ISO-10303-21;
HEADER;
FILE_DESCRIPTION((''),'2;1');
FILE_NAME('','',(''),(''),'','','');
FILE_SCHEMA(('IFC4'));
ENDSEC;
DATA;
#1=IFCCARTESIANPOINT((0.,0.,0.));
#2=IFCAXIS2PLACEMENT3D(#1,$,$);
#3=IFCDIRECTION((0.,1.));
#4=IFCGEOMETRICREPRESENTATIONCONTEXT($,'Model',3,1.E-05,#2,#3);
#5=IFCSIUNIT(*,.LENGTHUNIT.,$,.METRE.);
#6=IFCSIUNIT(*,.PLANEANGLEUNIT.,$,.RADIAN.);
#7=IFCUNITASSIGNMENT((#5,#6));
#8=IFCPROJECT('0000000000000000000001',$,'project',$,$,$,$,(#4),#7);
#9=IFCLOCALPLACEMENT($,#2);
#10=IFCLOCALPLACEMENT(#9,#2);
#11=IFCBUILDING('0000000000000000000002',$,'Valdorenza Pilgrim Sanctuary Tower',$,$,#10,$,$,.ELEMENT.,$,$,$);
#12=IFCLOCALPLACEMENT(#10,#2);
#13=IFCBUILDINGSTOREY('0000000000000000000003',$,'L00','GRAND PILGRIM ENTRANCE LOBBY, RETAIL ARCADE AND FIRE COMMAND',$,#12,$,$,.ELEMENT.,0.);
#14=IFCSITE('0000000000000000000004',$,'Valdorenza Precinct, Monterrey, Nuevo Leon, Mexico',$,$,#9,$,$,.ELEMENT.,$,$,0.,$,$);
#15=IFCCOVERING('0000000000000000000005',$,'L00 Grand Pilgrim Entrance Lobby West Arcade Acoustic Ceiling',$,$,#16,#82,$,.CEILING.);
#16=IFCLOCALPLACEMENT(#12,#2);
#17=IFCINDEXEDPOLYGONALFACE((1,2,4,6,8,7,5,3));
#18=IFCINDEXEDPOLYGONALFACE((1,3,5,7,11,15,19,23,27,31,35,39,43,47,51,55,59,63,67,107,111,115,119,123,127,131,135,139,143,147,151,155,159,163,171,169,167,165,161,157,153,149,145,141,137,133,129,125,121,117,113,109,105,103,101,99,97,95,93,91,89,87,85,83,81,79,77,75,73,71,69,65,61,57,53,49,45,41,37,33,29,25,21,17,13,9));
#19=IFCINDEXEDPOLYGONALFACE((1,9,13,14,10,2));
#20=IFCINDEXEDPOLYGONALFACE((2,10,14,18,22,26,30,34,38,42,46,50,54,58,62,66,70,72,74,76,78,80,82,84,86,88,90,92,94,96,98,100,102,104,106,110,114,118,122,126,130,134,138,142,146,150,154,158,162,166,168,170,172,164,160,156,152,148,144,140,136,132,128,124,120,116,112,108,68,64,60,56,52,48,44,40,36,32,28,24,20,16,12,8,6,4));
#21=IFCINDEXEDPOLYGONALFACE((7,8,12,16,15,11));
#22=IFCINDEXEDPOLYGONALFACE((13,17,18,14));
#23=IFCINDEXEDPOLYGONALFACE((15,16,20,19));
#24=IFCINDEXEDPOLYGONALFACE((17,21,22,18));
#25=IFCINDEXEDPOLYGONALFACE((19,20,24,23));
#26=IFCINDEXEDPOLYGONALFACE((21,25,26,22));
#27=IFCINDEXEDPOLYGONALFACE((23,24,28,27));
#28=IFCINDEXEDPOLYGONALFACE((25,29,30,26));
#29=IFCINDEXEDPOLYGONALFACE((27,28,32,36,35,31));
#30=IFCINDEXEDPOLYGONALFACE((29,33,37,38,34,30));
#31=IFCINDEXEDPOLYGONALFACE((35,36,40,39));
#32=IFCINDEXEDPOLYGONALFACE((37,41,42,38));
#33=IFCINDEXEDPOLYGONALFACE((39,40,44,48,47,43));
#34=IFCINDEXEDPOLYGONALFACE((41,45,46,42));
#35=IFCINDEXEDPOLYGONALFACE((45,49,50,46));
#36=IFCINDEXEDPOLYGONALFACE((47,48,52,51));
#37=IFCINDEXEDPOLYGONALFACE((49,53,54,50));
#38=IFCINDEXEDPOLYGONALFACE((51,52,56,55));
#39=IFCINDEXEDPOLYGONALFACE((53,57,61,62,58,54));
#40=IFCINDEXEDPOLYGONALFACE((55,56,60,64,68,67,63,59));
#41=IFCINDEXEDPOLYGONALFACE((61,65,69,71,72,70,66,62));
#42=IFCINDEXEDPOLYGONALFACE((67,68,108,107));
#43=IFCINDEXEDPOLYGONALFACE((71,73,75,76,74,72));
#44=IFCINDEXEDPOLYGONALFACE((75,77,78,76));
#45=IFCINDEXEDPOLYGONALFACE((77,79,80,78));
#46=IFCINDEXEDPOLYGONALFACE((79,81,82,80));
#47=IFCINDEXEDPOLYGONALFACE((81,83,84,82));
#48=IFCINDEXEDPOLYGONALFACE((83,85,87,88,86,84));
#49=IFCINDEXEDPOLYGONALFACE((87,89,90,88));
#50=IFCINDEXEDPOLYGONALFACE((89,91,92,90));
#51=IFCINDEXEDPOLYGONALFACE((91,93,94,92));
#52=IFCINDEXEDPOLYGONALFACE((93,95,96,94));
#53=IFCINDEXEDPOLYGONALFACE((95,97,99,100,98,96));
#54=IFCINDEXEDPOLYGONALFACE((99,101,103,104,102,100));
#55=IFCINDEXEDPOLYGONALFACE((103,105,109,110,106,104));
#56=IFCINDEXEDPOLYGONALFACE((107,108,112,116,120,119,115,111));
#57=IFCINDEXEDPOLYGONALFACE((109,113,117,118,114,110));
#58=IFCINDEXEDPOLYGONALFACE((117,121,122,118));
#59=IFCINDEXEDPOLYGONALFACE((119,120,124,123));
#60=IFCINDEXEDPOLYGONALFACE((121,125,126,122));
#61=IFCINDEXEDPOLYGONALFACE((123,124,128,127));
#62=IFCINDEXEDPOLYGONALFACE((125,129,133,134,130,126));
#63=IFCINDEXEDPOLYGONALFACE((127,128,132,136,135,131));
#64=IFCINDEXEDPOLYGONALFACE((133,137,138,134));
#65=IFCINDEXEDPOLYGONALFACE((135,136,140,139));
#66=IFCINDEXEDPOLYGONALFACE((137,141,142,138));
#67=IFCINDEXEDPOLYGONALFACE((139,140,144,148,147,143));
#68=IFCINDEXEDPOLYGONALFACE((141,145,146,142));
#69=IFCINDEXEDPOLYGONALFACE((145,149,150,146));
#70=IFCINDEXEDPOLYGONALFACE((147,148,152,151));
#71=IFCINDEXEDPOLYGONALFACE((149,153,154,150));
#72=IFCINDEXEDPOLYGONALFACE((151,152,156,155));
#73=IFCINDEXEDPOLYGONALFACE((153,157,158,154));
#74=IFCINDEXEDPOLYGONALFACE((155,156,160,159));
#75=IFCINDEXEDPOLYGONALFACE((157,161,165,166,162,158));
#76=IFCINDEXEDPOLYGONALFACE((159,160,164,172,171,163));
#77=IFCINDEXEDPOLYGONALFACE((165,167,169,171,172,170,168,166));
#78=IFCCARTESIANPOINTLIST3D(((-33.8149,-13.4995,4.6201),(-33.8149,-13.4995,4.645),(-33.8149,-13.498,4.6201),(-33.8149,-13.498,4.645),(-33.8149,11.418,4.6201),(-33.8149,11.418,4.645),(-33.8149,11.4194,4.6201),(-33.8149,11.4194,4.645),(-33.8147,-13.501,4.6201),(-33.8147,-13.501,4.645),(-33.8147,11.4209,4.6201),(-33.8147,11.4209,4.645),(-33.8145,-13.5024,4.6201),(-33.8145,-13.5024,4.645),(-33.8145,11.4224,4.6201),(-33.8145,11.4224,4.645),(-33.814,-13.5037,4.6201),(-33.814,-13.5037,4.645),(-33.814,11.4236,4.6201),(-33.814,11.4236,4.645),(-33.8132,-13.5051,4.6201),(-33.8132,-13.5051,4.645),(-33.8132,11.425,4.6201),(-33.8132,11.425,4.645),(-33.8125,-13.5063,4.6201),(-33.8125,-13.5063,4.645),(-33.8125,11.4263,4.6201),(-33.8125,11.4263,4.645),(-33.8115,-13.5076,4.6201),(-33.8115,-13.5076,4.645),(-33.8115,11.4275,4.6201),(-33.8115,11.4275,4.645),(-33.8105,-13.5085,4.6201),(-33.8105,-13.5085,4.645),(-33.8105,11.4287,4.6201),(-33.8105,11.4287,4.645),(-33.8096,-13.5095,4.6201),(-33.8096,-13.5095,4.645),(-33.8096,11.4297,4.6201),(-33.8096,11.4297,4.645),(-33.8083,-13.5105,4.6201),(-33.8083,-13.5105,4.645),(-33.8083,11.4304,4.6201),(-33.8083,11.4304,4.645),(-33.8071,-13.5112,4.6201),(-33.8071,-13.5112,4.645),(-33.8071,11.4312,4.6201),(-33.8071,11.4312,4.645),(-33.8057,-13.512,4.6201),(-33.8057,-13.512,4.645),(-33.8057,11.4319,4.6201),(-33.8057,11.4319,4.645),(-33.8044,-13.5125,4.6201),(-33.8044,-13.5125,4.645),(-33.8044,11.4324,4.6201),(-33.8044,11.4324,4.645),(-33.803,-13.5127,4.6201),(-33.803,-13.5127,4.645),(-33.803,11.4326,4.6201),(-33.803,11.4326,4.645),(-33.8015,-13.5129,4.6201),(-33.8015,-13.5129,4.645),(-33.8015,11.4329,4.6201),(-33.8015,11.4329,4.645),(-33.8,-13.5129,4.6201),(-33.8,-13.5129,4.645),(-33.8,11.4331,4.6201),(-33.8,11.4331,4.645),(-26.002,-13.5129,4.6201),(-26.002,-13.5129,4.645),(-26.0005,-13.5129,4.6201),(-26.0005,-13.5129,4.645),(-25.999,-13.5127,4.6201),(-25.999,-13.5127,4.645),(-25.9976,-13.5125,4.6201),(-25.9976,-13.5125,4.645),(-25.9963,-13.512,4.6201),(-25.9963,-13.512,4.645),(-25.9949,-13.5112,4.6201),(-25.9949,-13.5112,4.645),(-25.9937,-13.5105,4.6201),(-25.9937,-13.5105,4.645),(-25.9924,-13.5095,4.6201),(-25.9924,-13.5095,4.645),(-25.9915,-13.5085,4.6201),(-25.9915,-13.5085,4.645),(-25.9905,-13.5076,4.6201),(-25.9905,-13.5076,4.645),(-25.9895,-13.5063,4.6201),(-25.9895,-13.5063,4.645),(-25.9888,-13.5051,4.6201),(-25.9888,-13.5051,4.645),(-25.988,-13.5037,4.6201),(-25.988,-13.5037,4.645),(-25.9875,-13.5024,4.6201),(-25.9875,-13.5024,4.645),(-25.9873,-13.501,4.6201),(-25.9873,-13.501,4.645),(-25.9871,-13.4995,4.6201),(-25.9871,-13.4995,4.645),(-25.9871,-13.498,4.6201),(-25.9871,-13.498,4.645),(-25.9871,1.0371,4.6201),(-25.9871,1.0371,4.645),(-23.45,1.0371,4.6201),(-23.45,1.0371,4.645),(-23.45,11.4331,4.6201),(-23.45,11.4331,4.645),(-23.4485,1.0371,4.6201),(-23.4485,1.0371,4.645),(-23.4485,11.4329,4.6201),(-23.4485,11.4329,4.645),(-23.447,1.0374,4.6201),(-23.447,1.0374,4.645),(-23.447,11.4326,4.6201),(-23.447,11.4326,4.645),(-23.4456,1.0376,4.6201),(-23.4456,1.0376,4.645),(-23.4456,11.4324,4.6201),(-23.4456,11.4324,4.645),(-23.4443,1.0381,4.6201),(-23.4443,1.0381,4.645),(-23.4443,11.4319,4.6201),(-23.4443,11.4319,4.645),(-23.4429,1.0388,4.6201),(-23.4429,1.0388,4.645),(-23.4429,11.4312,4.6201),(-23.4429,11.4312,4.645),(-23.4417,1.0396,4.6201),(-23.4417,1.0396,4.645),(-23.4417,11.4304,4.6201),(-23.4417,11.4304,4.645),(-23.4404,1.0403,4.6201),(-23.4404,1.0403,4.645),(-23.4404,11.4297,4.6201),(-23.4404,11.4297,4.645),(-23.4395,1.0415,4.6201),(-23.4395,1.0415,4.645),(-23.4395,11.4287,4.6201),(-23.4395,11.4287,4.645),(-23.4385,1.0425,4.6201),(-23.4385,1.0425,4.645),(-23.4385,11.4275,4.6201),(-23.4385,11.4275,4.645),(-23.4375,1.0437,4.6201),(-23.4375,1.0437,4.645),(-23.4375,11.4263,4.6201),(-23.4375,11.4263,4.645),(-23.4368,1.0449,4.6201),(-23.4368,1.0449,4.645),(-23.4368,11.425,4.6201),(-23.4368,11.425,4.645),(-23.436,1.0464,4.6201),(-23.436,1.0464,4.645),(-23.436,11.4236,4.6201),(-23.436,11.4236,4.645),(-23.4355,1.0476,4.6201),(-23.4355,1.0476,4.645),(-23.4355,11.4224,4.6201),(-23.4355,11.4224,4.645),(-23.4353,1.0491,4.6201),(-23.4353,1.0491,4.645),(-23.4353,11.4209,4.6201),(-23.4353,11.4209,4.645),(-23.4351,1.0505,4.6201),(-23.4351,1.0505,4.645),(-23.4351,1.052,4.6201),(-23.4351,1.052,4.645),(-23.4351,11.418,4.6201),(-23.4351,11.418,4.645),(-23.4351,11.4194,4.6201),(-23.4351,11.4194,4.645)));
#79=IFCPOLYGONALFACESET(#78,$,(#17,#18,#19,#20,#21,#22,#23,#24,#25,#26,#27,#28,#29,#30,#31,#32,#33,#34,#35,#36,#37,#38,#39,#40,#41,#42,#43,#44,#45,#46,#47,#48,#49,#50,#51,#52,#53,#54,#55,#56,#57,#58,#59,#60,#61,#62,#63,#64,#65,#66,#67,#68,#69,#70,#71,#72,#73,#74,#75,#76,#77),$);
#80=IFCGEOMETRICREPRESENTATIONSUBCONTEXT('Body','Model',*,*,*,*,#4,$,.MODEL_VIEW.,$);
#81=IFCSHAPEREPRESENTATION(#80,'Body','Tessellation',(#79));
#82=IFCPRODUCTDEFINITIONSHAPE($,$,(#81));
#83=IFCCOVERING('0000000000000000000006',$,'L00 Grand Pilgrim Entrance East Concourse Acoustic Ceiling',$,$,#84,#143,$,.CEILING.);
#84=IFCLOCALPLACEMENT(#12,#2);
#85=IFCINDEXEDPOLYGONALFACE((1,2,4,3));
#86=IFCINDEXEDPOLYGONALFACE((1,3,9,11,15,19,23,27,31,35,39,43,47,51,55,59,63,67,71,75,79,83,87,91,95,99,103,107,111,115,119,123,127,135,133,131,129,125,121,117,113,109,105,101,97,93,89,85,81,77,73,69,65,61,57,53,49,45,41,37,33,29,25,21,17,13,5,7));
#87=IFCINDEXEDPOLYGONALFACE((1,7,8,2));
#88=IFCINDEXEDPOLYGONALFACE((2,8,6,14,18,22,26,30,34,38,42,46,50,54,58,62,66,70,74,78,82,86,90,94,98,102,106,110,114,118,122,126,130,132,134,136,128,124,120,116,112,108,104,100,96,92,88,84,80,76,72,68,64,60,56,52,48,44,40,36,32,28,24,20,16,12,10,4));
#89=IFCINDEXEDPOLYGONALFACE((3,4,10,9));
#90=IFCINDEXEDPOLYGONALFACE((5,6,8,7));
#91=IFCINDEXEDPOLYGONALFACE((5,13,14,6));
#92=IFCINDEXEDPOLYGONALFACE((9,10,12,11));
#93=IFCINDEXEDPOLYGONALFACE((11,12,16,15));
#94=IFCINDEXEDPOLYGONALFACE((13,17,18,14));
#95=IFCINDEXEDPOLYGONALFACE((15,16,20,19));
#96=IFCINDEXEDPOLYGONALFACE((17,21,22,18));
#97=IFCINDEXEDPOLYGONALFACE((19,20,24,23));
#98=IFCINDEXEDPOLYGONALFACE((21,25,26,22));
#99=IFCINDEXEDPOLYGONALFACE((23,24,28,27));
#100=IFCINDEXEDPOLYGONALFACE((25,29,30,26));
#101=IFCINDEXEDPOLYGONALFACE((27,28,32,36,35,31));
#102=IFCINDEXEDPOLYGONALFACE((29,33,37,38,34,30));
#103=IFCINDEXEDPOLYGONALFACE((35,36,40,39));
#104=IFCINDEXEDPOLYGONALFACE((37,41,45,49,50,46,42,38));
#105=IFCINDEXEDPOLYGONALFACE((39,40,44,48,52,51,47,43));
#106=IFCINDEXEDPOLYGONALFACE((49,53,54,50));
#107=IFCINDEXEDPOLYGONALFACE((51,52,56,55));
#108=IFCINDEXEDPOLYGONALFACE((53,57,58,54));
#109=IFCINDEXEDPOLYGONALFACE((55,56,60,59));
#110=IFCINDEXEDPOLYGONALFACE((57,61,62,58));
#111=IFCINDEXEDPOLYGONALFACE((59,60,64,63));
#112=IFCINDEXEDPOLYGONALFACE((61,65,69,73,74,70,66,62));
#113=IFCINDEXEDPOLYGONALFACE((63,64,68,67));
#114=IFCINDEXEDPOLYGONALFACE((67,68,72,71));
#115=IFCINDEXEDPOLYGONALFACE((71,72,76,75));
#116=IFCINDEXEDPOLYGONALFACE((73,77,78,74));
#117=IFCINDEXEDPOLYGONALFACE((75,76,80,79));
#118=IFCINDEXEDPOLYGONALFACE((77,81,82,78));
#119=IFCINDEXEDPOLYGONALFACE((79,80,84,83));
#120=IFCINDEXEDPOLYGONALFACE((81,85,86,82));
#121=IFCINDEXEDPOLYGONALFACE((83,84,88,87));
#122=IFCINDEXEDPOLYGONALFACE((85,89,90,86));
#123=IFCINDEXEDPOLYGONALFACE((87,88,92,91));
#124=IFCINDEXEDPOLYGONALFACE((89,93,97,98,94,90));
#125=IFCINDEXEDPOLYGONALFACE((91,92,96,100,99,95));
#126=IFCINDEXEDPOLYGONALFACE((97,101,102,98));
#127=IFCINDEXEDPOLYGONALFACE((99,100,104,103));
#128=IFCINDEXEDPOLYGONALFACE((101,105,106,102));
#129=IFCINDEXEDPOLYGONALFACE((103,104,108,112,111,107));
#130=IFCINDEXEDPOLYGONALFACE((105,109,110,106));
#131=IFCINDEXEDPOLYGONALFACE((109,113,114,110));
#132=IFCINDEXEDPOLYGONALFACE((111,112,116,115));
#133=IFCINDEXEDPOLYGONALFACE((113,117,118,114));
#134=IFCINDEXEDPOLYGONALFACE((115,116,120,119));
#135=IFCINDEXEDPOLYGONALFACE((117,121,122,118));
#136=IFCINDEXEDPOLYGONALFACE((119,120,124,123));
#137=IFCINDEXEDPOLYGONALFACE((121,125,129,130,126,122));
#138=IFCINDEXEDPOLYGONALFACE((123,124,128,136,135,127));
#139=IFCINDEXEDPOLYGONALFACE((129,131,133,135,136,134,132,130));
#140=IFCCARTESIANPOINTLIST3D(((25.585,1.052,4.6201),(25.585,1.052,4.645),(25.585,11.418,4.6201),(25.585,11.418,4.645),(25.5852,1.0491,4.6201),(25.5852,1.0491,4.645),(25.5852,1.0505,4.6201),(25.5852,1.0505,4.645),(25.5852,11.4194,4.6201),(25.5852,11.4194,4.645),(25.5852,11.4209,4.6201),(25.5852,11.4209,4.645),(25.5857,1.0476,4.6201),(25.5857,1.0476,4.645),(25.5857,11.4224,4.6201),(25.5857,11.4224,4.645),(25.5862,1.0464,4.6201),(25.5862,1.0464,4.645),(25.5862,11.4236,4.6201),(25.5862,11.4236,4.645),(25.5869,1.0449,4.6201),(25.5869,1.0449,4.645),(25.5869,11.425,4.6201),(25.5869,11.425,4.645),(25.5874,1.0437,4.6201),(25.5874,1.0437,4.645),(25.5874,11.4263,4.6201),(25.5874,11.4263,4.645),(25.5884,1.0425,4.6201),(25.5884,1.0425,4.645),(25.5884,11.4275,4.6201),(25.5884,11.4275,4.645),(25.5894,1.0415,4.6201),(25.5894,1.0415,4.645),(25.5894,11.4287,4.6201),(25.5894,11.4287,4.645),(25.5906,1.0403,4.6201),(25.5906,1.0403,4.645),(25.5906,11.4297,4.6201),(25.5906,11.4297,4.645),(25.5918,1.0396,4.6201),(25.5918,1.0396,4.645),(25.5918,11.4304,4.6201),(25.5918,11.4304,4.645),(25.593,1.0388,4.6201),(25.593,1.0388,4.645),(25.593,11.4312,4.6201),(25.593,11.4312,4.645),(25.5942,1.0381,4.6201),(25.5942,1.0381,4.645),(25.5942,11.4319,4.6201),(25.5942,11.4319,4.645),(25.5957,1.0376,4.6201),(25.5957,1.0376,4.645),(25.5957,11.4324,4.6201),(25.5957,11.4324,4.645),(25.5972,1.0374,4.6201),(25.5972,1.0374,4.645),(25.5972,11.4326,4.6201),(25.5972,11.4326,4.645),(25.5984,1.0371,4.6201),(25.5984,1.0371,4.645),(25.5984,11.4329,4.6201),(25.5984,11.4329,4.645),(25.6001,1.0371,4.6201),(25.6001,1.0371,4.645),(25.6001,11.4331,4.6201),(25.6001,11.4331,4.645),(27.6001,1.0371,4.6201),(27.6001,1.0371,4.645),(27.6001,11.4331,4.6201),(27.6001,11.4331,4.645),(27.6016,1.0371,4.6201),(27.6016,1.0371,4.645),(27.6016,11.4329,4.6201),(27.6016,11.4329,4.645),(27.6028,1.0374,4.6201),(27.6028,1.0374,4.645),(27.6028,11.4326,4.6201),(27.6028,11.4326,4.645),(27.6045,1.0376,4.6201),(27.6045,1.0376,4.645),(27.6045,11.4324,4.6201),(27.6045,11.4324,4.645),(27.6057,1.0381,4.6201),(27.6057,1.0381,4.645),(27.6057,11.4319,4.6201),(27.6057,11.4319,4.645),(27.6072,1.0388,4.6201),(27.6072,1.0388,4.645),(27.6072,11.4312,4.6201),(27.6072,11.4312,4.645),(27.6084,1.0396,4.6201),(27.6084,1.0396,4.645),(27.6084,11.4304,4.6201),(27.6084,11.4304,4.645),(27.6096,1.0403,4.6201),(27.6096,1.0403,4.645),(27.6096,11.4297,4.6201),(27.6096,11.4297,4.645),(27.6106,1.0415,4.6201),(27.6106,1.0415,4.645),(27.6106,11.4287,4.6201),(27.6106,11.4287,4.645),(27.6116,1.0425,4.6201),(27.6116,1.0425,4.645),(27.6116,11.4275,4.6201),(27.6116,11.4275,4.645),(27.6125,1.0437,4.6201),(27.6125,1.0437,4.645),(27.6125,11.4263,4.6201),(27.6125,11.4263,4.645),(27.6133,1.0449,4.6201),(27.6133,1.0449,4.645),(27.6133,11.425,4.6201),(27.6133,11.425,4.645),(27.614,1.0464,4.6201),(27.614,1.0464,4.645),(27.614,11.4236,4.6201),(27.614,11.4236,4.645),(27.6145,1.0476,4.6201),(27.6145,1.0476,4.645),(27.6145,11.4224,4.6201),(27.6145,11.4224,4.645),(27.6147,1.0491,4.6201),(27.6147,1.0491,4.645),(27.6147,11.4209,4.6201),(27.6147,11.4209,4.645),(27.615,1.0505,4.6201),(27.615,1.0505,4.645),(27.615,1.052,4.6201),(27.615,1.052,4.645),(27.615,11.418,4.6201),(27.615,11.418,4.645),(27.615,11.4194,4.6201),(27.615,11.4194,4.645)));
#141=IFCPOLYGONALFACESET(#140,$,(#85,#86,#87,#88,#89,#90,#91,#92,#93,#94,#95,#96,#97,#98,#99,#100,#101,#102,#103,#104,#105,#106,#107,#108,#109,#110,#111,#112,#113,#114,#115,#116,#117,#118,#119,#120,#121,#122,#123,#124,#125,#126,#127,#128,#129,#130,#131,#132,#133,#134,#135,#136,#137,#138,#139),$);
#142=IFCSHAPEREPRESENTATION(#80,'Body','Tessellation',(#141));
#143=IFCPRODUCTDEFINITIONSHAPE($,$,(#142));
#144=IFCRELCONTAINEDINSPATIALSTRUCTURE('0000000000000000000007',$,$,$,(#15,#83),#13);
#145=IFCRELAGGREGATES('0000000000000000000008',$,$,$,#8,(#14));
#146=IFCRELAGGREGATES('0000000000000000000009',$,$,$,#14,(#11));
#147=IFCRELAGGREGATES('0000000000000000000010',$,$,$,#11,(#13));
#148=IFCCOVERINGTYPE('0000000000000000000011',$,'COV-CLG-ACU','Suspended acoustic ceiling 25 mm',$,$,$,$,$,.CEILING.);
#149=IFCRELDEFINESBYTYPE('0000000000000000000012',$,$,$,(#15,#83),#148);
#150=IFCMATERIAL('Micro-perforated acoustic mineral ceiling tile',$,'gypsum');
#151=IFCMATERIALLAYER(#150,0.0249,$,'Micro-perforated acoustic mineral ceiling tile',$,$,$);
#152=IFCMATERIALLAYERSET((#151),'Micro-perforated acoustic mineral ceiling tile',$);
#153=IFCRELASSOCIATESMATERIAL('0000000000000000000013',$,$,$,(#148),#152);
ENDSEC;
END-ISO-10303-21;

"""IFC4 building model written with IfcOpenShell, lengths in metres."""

from ifc_helpers import new_model, si_unit, direction, frame, origin, place, context, subcontext, project, spatial, polyline, outline, extrude, material, layer, layer_set, type_object, element, save


model = new_model("IFC4")

# Units and contexts
model_context = context("Model", 3, precision=1e-05, world=origin(), true_north=direction((0.0, 1.0)))
body_context = subcontext(model_context, "Body", "Model", "MODEL_VIEW")
ifc_project = project(units=[si_unit("LENGTHUNIT", "METRE"), si_unit("PLANEANGLEUNIT", "RADIAN")], contexts=[model_context])

# Site, building, storey
site_placement = place(None, origin())
site = spatial("IfcSite", under=ifc_project, at=site_placement, Name="Valdorenza Precinct, Monterrey, Nuevo Leon, Mexico", CompositionType="ELEMENT", RefElevation=0.0)
building_placement = place(site_placement, origin())
building = spatial("IfcBuilding", under=site, at=building_placement, Name="Valdorenza Pilgrim Sanctuary Tower", CompositionType="ELEMENT")
storey_placement = place(building_placement, origin())
storey = spatial("IfcBuildingStorey", under=building, at=storey_placement, Name="L00", Description="GRAND PILGRIM ENTRANCE LOBBY, RETAIL ARCADE AND FIRE COMMAND", CompositionType="ELEMENT", Elevation=0.0)

# Coverings
ifc_material_1 = material(Name="Micro-perforated acoustic mineral ceiling tile", Category="gypsum")
ifc_layer_1 = layer(ifc_material_1, 0.0249, Name="Micro-perforated acoustic mineral ceiling tile")
ifc_layer_set_1 = layer_set([ifc_layer_1], Name="Micro-perforated acoustic mineral ceiling tile")
covering_type_1 = type_object("IfcCoveringType", Name="COV-CLG-ACU", Description="Suspended acoustic ceiling 25 mm", PredefinedType="CEILING", material=ifc_layer_set_1)
covering_1_placement = place(storey_placement, frame((0.0, 0.0, 4.6201)))
element("IfcCovering", 1, at=covering_1_placement, inside=storey, type_object=covering_type_1, Name="L00 Grand Pilgrim Entrance Lobby West Arcade Acoustic Ceiling", PredefinedType="CEILING", context=body_context, shape_type="SweptSolid", body=[
    extrude(outline(polyline([(-25.9871, 1.0371), (-25.9871, -13.498), (-25.9871, -13.4995), (-25.9873, -13.501), (-25.9875, -13.5024), (-25.988, -13.5037), (-25.9888, -13.5051), (-25.9895, -13.5063), (-25.9905, -13.5076), (-25.9915, -13.5085), (-25.9924, -13.5095), (-25.9937, -13.5105), (-25.9949, -13.5112), (-25.9963, -13.512), (-25.9976, -13.5125), (-25.999, -13.5127), (-26.0005, -13.5129), (-26.002, -13.5129), (-33.8, -13.5129), (-33.8015, -13.5129), (-33.803, -13.5127), (-33.8044, -13.5125), (-33.8057, -13.512), (-33.8071, -13.5112), (-33.8083, -13.5105), (-33.8096, -13.5095), (-33.8105, -13.5085), (-33.8115, -13.5076), (-33.8125, -13.5063), (-33.8132, -13.5051), (-33.814, -13.5037), (-33.8145, -13.5024), (-33.8147, -13.501), (-33.8149, -13.4995), (-33.8149, -13.498), (-33.8149, 11.418), (-33.8149, 11.4194), (-33.8147, 11.4209), (-33.8145, 11.4224), (-33.814, 11.4236), (-33.8132, 11.425), (-33.8125, 11.4263), (-33.8115, 11.4275), (-33.8105, 11.4287), (-33.8096, 11.4297), (-33.8083, 11.4304), (-33.8071, 11.4312), (-33.8057, 11.4319), (-33.8044, 11.4324), (-33.803, 11.4326), (-33.8015, 11.4329), (-33.8, 11.4331), (-23.45, 11.4331), (-23.4485, 11.4329), (-23.447, 11.4326), (-23.4456, 11.4324), (-23.4443, 11.4319), (-23.4429, 11.4312), (-23.4417, 11.4304), (-23.4404, 11.4297), (-23.4395, 11.4287), (-23.4385, 11.4275), (-23.4375, 11.4263), (-23.4368, 11.425), (-23.436, 11.4236), (-23.4355, 11.4224), (-23.4353, 11.4209), (-23.4351, 11.4194), (-23.4351, 11.418), (-23.4351, 1.052), (-23.4351, 1.0505), (-23.4353, 1.0491), (-23.4355, 1.0476), (-23.436, 1.0464), (-23.4368, 1.0449), (-23.4375, 1.0437), (-23.4385, 1.0425), (-23.4395, 1.0415), (-23.4404, 1.0403), (-23.4417, 1.0396), (-23.4429, 1.0388), (-23.4443, 1.0381), (-23.4456, 1.0376), (-23.447, 1.0374), (-23.4485, 1.0371), (-23.45, 1.0371), (-25.9871, 1.0371)])), origin(), (0.0, 0.0, 1.0), 0.0249),
])
covering_2_placement = place(storey_placement, frame((0.0, 0.0, 4.6201)))
element("IfcCovering", 2, at=covering_2_placement, inside=storey, type_object=covering_type_1, Name="L00 Grand Pilgrim Entrance East Concourse Acoustic Ceiling", PredefinedType="CEILING", context=body_context, shape_type="SweptSolid", body=[
    extrude(outline(polyline([(27.615, 1.052), (27.615, 1.0505), (27.6147, 1.0491), (27.6145, 1.0476), (27.614, 1.0464), (27.6133, 1.0449), (27.6125, 1.0437), (27.6116, 1.0425), (27.6106, 1.0415), (27.6096, 1.0403), (27.6084, 1.0396), (27.6072, 1.0388), (27.6057, 1.0381), (27.6045, 1.0376), (27.6028, 1.0374), (27.6016, 1.0371), (27.6001, 1.0371), (25.6001, 1.0371), (25.5984, 1.0371), (25.5972, 1.0374), (25.5957, 1.0376), (25.5942, 1.0381), (25.593, 1.0388), (25.5918, 1.0396), (25.5906, 1.0403), (25.5894, 1.0415), (25.5884, 1.0425), (25.5874, 1.0437), (25.5869, 1.0449), (25.5862, 1.0464), (25.5857, 1.0476), (25.5852, 1.0491), (25.5852, 1.0505), (25.585, 1.052), (25.585, 11.418), (25.5852, 11.4194), (25.5852, 11.4209), (25.5857, 11.4224), (25.5862, 11.4236), (25.5869, 11.425), (25.5874, 11.4263), (25.5884, 11.4275), (25.5894, 11.4287), (25.5906, 11.4297), (25.5918, 11.4304), (25.593, 11.4312), (25.5942, 11.4319), (25.5957, 11.4324), (25.5972, 11.4326), (25.5984, 11.4329), (25.6001, 11.4331), (27.6001, 11.4331), (27.6016, 11.4329), (27.6028, 11.4326), (27.6045, 11.4324), (27.6057, 11.4319), (27.6072, 11.4312), (27.6084, 11.4304), (27.6096, 11.4297), (27.6106, 11.4287), (27.6116, 11.4275), (27.6125, 11.4263), (27.6133, 11.425), (27.614, 11.4236), (27.6145, 11.4224), (27.6147, 11.4209), (27.615, 11.4194), (27.615, 11.418), (27.615, 1.052)])), origin(), (0.0, 0.0, 1.0), 0.0249),
])

save(model, "model.ifc")
